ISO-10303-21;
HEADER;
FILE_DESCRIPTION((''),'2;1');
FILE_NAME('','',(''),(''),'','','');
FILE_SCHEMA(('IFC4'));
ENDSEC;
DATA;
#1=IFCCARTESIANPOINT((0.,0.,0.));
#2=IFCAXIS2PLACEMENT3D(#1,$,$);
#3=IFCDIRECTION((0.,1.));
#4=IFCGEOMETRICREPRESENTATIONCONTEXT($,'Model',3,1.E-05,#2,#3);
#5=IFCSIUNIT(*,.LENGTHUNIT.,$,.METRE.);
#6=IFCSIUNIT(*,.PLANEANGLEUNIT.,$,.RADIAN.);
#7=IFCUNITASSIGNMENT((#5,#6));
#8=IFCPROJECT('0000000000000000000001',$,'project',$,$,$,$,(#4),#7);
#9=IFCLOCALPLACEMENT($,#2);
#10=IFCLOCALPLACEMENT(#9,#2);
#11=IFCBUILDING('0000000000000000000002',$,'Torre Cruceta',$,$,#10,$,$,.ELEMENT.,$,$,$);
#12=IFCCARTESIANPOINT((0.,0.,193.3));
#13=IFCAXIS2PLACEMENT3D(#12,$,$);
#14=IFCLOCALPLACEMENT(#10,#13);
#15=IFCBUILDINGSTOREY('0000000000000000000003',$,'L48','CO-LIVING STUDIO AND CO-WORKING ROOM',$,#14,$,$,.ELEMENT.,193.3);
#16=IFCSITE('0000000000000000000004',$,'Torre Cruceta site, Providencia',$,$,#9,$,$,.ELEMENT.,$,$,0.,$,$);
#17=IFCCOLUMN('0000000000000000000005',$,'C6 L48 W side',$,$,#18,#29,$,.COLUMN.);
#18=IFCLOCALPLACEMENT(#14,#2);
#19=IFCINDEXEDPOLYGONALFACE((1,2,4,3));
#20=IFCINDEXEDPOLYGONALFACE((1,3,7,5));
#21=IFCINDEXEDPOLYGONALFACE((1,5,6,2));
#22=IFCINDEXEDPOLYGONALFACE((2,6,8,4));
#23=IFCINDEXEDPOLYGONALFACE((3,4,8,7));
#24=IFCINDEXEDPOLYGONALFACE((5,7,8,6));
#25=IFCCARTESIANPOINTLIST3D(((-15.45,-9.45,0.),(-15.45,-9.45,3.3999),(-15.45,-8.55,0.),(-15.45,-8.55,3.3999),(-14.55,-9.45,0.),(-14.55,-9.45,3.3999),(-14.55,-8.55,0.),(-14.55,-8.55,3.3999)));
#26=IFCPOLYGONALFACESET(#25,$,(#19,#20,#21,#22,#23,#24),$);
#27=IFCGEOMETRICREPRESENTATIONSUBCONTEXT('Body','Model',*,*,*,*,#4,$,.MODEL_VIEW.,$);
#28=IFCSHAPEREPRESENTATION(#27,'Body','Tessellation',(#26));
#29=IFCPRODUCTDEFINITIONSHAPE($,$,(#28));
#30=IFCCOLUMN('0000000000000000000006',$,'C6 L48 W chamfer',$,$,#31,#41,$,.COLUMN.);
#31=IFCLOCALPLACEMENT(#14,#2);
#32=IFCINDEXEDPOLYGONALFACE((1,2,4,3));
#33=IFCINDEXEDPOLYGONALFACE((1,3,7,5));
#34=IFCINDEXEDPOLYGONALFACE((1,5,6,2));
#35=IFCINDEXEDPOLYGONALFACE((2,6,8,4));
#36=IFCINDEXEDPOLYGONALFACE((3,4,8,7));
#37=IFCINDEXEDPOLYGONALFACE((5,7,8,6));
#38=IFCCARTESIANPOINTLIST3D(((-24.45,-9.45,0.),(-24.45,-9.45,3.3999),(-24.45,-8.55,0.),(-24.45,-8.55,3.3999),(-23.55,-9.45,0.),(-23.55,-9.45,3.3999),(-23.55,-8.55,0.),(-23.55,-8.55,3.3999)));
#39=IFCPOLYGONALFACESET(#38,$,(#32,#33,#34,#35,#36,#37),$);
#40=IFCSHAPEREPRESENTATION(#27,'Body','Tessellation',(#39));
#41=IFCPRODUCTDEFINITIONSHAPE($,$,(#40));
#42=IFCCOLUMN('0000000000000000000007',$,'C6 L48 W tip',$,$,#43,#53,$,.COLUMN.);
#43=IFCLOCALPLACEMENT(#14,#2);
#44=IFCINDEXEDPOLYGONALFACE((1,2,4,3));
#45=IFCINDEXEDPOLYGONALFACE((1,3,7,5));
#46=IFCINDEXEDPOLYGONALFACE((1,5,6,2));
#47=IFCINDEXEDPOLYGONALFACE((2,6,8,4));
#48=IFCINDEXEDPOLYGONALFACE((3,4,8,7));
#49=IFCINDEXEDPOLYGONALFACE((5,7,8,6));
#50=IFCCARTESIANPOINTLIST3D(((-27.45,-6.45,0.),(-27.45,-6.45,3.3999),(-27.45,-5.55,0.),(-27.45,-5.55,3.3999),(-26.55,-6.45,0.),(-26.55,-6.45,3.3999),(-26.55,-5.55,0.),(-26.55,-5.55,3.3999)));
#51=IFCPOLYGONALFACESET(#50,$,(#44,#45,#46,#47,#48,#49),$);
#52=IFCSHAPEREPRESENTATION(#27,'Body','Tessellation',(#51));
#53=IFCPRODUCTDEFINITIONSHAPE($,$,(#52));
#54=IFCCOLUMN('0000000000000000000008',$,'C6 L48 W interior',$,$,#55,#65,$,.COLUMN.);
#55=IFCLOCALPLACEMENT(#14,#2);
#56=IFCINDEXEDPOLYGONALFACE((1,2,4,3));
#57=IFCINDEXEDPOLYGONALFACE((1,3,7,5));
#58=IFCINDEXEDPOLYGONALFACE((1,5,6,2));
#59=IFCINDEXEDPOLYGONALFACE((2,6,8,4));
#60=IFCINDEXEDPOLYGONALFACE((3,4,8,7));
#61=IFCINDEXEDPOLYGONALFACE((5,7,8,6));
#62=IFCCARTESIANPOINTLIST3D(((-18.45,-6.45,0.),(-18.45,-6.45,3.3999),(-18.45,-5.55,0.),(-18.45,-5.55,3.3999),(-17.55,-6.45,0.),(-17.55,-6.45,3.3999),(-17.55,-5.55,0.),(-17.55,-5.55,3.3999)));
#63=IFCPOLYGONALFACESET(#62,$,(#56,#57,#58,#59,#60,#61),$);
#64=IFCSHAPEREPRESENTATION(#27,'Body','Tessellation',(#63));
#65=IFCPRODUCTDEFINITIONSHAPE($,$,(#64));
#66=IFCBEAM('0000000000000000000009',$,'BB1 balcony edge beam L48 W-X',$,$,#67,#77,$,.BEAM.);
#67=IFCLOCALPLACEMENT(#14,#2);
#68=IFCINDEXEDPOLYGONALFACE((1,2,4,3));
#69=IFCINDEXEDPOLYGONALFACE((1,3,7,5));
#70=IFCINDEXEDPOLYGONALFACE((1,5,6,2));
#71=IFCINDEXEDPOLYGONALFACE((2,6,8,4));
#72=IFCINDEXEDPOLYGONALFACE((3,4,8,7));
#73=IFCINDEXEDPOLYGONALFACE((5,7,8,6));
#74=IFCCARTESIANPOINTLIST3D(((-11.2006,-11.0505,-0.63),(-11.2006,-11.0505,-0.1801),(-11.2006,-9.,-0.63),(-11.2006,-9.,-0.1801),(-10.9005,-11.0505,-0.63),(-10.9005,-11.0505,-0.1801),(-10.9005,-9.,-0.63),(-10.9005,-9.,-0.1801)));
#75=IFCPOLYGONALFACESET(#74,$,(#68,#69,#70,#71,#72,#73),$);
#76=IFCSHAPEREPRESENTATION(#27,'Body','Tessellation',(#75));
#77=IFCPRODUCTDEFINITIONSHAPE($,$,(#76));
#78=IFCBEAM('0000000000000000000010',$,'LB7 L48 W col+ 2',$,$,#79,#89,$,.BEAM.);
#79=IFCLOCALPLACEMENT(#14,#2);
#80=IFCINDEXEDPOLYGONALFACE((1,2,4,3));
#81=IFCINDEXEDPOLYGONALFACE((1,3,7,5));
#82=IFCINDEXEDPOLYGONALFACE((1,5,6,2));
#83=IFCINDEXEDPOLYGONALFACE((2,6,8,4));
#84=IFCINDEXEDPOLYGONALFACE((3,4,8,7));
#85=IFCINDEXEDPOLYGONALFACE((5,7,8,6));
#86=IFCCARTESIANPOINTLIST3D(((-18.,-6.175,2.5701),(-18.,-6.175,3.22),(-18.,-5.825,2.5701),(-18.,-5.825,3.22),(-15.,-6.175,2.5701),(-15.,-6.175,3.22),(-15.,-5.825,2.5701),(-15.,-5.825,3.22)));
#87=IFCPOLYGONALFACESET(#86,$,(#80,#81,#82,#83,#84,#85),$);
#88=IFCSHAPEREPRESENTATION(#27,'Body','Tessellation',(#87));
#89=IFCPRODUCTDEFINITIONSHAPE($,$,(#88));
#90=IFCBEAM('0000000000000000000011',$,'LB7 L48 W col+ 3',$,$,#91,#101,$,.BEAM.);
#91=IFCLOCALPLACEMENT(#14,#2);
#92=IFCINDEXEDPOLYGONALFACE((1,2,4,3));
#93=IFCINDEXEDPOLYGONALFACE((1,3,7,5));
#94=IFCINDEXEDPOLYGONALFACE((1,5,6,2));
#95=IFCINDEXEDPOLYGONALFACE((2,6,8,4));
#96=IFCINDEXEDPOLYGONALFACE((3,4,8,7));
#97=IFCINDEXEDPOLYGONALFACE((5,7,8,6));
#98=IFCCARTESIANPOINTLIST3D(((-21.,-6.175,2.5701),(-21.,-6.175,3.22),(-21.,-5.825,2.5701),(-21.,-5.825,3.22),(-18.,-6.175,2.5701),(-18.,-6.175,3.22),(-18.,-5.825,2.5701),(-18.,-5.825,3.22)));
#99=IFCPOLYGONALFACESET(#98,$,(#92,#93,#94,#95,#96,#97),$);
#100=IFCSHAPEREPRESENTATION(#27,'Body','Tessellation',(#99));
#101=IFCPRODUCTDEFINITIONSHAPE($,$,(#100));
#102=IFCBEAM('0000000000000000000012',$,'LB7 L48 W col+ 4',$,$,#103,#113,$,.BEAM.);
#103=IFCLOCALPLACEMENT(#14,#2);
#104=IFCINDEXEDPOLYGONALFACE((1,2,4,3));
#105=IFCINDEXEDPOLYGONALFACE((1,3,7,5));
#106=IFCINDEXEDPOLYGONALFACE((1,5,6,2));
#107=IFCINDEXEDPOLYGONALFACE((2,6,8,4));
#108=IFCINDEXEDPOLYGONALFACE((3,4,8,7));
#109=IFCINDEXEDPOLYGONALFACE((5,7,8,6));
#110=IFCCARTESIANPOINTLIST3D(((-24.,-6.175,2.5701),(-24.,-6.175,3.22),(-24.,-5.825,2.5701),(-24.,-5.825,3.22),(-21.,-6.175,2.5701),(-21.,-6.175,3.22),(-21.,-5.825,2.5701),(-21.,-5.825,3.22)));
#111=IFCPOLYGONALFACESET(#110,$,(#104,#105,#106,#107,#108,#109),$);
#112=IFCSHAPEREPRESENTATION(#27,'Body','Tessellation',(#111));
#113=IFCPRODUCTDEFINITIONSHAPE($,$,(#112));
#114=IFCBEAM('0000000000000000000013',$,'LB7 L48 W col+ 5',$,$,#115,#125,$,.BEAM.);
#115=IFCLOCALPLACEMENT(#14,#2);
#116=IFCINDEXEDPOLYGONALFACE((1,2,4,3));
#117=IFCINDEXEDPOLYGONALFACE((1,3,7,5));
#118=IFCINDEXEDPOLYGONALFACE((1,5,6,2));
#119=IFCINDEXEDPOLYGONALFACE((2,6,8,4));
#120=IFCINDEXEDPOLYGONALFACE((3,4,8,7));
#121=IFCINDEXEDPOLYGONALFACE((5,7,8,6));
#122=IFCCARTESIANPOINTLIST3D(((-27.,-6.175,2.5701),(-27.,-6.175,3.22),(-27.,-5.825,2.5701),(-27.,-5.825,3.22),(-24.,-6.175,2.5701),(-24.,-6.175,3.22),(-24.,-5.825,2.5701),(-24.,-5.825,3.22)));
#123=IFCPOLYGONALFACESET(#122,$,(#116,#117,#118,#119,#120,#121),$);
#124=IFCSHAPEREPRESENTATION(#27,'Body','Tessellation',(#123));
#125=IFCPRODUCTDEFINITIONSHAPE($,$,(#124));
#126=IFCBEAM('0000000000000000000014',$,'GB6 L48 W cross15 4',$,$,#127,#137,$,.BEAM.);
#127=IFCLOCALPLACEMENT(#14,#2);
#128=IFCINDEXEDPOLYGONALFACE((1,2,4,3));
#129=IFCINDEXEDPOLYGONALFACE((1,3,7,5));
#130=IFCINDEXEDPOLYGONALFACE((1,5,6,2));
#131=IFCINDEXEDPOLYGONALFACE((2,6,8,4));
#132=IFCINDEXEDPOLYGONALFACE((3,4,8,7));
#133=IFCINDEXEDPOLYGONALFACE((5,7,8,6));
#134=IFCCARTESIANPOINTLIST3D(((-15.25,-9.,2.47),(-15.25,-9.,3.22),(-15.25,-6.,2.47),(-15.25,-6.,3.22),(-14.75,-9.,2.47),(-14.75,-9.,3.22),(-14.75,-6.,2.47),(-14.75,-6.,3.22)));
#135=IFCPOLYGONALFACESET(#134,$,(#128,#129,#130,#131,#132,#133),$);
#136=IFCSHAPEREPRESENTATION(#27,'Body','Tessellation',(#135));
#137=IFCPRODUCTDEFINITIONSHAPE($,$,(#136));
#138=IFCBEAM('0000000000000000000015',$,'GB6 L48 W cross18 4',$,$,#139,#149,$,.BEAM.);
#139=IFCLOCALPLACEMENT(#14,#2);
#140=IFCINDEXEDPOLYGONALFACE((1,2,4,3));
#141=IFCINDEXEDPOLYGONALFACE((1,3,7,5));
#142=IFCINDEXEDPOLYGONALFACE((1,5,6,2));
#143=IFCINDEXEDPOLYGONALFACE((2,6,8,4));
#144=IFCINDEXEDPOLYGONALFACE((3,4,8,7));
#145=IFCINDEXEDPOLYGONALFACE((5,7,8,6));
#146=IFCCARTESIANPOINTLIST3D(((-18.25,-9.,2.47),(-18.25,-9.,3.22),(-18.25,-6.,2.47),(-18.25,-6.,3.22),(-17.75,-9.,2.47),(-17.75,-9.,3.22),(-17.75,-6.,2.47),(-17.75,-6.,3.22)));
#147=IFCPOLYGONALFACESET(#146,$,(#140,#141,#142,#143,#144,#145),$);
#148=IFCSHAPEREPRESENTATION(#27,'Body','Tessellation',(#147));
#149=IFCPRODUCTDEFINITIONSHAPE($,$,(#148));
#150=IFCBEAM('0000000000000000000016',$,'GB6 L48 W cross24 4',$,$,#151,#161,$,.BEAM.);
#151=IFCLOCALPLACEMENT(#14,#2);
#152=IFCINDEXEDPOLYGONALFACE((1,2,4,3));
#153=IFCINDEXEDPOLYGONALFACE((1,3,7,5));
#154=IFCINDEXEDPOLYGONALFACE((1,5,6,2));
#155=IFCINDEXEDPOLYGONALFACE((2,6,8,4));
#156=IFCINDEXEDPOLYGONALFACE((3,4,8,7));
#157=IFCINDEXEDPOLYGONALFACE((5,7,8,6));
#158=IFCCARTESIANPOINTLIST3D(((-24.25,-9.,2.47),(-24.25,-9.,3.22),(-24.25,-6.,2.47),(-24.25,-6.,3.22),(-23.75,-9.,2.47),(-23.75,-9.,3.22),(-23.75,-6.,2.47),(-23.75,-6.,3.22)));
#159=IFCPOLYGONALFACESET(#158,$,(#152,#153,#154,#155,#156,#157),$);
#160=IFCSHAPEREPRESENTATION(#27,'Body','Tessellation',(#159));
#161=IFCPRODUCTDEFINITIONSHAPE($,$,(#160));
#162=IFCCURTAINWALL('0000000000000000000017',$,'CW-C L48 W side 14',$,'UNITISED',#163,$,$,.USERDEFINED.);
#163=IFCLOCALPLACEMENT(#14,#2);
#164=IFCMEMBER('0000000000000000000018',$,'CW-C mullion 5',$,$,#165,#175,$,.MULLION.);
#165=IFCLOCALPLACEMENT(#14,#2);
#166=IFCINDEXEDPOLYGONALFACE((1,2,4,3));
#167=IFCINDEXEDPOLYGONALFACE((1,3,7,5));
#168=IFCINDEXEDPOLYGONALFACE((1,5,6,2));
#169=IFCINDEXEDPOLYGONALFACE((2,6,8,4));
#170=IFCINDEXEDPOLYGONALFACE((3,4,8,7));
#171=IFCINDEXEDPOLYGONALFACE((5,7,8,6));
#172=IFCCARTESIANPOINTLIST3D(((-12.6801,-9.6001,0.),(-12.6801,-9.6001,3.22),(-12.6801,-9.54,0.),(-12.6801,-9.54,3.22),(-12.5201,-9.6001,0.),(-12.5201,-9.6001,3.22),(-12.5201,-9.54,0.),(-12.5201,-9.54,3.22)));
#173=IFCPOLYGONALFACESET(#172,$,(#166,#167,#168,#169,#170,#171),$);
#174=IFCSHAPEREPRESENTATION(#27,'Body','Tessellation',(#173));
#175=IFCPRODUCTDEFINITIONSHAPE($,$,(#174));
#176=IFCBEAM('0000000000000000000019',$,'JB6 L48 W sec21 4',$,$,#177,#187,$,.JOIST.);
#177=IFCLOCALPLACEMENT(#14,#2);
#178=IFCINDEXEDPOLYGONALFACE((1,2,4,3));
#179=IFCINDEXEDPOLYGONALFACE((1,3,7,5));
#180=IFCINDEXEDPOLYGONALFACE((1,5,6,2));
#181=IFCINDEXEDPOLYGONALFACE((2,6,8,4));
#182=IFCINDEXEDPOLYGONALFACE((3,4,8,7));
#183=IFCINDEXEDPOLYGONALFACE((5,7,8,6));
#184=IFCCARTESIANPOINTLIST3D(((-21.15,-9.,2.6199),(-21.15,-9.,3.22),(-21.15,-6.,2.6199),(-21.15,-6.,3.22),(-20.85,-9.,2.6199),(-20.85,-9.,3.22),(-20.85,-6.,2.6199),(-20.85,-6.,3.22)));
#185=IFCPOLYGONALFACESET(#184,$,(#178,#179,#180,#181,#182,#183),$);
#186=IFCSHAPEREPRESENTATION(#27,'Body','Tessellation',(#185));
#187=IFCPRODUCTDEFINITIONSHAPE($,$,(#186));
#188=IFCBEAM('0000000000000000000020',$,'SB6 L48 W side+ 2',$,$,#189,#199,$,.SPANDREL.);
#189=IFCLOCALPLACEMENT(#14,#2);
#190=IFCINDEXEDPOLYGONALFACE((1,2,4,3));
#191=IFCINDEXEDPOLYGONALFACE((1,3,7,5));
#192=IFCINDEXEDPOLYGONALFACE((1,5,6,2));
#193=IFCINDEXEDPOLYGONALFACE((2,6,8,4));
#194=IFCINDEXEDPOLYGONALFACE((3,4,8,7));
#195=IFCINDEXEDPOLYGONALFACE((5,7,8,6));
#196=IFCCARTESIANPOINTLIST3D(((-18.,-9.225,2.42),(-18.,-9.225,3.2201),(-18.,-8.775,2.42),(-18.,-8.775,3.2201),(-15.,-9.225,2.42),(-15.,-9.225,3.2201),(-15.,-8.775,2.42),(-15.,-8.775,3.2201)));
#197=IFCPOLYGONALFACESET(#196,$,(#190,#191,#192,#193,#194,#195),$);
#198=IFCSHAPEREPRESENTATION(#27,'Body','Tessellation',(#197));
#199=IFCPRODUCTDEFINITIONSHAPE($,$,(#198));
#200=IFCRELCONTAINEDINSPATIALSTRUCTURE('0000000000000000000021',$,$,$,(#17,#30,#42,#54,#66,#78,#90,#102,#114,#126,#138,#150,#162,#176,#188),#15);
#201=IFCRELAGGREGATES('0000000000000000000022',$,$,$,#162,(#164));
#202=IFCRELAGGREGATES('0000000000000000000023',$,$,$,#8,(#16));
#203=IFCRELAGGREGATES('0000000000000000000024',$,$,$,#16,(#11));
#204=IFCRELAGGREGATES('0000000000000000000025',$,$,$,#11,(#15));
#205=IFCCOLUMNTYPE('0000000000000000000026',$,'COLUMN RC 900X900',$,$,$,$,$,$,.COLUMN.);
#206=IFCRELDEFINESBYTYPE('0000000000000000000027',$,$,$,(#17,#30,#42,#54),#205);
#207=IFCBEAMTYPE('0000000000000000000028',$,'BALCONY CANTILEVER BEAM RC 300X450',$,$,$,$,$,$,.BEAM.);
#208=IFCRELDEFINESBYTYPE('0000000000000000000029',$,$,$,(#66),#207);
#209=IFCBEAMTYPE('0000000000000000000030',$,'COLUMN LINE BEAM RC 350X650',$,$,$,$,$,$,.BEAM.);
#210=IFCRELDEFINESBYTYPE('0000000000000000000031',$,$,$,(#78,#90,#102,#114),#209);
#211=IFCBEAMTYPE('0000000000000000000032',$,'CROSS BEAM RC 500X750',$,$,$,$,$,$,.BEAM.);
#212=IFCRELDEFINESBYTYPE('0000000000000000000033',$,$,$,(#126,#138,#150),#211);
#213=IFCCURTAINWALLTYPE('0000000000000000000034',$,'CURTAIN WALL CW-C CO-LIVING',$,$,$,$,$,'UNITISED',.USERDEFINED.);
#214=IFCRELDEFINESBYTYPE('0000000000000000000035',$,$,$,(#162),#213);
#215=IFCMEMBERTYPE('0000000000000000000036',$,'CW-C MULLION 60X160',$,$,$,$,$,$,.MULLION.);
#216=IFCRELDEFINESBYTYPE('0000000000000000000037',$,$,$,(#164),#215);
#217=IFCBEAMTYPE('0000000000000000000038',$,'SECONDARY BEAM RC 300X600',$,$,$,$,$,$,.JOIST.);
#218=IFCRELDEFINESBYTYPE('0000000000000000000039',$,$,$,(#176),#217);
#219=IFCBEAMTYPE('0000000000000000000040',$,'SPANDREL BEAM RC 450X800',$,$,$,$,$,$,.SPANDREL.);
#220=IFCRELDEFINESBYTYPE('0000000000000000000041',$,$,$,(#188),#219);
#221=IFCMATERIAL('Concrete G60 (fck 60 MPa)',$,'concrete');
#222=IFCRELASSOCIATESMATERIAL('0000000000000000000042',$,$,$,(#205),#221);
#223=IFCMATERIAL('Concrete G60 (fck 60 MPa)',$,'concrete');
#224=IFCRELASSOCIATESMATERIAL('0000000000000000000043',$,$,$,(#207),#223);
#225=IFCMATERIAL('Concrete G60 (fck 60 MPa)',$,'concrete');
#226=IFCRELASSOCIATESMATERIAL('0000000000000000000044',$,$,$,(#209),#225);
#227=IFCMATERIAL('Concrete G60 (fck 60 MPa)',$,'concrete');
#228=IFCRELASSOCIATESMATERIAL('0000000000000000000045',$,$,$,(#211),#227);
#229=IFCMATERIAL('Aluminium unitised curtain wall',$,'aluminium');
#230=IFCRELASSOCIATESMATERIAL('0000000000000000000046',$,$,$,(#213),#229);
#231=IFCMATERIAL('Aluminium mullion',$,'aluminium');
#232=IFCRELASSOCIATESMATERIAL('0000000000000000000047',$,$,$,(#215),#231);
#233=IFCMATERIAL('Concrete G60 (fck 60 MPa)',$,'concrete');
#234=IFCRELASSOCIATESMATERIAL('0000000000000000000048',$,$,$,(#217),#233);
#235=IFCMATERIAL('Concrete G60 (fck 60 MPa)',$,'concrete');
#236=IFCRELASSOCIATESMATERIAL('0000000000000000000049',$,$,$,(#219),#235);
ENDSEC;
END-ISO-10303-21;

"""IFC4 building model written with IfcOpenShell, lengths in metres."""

from ifc_helpers import new_model, si_unit, direction, frame, origin, origin_2d, place, context, subcontext, project, spatial, rectangle, extrude, material, material_profile, profile_set, type_object, element, aggregate, save


model = new_model("IFC4")

# Units and contexts
model_context = context("Model", 3, precision=1e-05, world=origin(), true_north=direction((0.0, 1.0)))
body_context = subcontext(model_context, "Body", "Model", "MODEL_VIEW")
ifc_project = project(units=[si_unit("LENGTHUNIT", "METRE"), si_unit("PLANEANGLEUNIT", "RADIAN")], contexts=[model_context])

# Site, building, storey
site_placement = place(None, origin())
site = spatial("IfcSite", under=ifc_project, at=site_placement, Name="Torre Cruceta site, Providencia", CompositionType="ELEMENT", RefElevation=0.0)
building_placement = place(site_placement, origin())
building = spatial("IfcBuilding", under=site, at=building_placement, Name="Torre Cruceta", CompositionType="ELEMENT")
storey_placement = place(building_placement, frame((0.0, 0.0, 193.3)))
storey = spatial("IfcBuildingStorey", under=building, at=storey_placement, Name="L48", Description="CO-LIVING STUDIO AND CO-WORKING ROOM", CompositionType="ELEMENT", Elevation=193.3)

# Columns
ifc_material_1 = material(Name="Concrete G60 (fck 60 MPa)", Category="concrete")
ifc_material_profile_1 = material_profile(ifc_material_1, rectangle(XDim=0.8999, YDim=0.8999, at=origin_2d()), Name="RC 900X900")
ifc_profile_set_1 = profile_set([ifc_material_profile_1], Name="Concrete G60 (fck 60 MPa)")
column_type = type_object("IfcColumnType", Name="COLUMN RC 900X900", PredefinedType="COLUMN", material=ifc_profile_set_1)
for number, where, z_axis, x_axis, name in (
    (1, (-15.0, -9.0, 0.0), (0.0, 0.0, 1.0), (1.0, 0.0, 0.0), "C6 L48 W side"),
    (2, (-24.0, -9.0, 0.0), (0.0, 0.0, 1.0), (1.0, 0.0, 0.0), "C6 L48 W chamfer"),
    (3, (-27.0, -6.0, 0.0), (0.0, 0.0, 1.0), (1.0, 0.0, 0.0), "C6 L48 W tip"),
    (4, (-18.0, -6.0, 0.0), (0.0, 0.0, 1.0), (1.0, 0.0, 0.0), "C6 L48 W interior"),
):
    element("IfcColumn", number, at=place(storey_placement, frame(where, z_axis=z_axis, x_axis=x_axis)), inside=storey, type_object=column_type, Name=name, PredefinedType="COLUMN", context=body_context, shape_type="SweptSolid", body=[
        extrude(rectangle(XDim=0.8999, YDim=0.8999, at=origin_2d()), origin(), (0.0, 0.0, 1.0), 3.3999),
    ])

# Beams
ifc_material_2 = material(Name="Concrete G60 (fck 60 MPa)", Category="concrete")
ifc_material_profile_2 = material_profile(ifc_material_2, rectangle(XDim=0.3, YDim=0.45, at=origin_2d()), Name="RC 300X450")
ifc_profile_set_2 = profile_set([ifc_material_profile_2], Name="Concrete G60 (fck 60 MPa)")
beam_type_1 = type_object("IfcBeamType", Name="BALCONY CANTILEVER BEAM RC 300X450", PredefinedType="BEAM", material=ifc_profile_set_2)
beam_1_placement = place(storey_placement, frame((-11.0505, -9.0, -0.405), z_axis=(0.0, -1.0, 0.0), x_axis=(1.0, 0.0, 0.0)))
element("IfcBeam", 5, at=beam_1_placement, inside=storey, type_object=beam_type_1, Name="BB1 balcony edge beam L48 W-X", PredefinedType="BEAM", context=body_context, shape_type="SweptSolid", body=[
    extrude(rectangle(XDim=0.3, YDim=0.45, at=origin_2d()), origin(), (0.0, 0.0, 1.0), 2.0505),
])
ifc_material_3 = material(Name="Concrete G60 (fck 60 MPa)", Category="concrete")
ifc_material_profile_3 = material_profile(ifc_material_3, rectangle(XDim=0.3501, YDim=0.6499, at=origin_2d()), Name="RC 350X650")
ifc_profile_set_3 = profile_set([ifc_material_profile_3], Name="Concrete G60 (fck 60 MPa)")
beam_type_2 = type_object("IfcBeamType", Name="COLUMN LINE BEAM RC 350X650", PredefinedType="BEAM", material=ifc_profile_set_3)
for number, where, z_axis, x_axis, name in (
    (6, (-15.0, -6.0, 2.895), (-1.0, 0.0, 0.0), (0.0, -1.0, 0.0), "LB7 L48 W col+ 2"),
    (7, (-18.0, -6.0, 2.895), (-1.0, 0.0, 0.0), (0.0, -1.0, 0.0), "LB7 L48 W col+ 3"),
    (8, (-21.0, -6.0, 2.895), (-1.0, 0.0, 0.0), (0.0, -1.0, 0.0), "LB7 L48 W col+ 4"),
    (9, (-24.0, -6.0, 2.895), (-1.0, 0.0, 0.0), (0.0, -1.0, 0.0), "LB7 L48 W col+ 5"),
):
    element("IfcBeam", number, at=place(storey_placement, frame(where, z_axis=z_axis, x_axis=x_axis)), inside=storey, type_object=beam_type_2, Name=name, PredefinedType="BEAM", context=body_context, shape_type="SweptSolid", body=[
        extrude(rectangle(XDim=0.3501, YDim=0.6499, at=origin_2d()), origin(), (0.0, 0.0, 1.0), 3.0),
    ])
ifc_material_4 = material(Name="Concrete G60 (fck 60 MPa)", Category="concrete")
ifc_material_profile_4 = material_profile(ifc_material_4, rectangle(XDim=0.5, YDim=0.75, at=origin_2d()), Name="RC 500X750")
ifc_profile_set_4 = profile_set([ifc_material_profile_4], Name="Concrete G60 (fck 60 MPa)")
beam_type_3 = type_object("IfcBeamType", Name="CROSS BEAM RC 500X750", PredefinedType="BEAM", material=ifc_profile_set_4)
for number, where, z_axis, x_axis, name in (
    (10, (-15.0, -6.0, 2.845), (0.0, -1.0, 0.0), (1.0, 0.0, 0.0), "GB6 L48 W cross15 4"),
    (11, (-18.0, -6.0, 2.845), (0.0, -1.0, 0.0), (1.0, 0.0, 0.0), "GB6 L48 W cross18 4"),
    (12, (-24.0, -6.0, 2.845), (0.0, -1.0, 0.0), (1.0, 0.0, 0.0), "GB6 L48 W cross24 4"),
):
    element("IfcBeam", number, at=place(storey_placement, frame(where, z_axis=z_axis, x_axis=x_axis)), inside=storey, type_object=beam_type_3, Name=name, PredefinedType="BEAM", context=body_context, shape_type="SweptSolid", body=[
        extrude(rectangle(XDim=0.5, YDim=0.75, at=origin_2d()), origin(), (0.0, 0.0, 1.0), 3.0),
    ])

# Curtain wall, member
ifc_material_5 = material(Name="Aluminium unitised curtain wall", Category="aluminium")
curtain_wall_type = type_object("IfcCurtainWallType", Name="CURTAIN WALL CW-C CO-LIVING", ElementType="UNITISED", PredefinedType="USERDEFINED", material=ifc_material_5)
curtain_wall_placement = place(storey_placement, origin())
curtain_wall = element("IfcCurtainWall", 13, at=curtain_wall_placement, inside=storey, type_object=curtain_wall_type, Name="CW-C L48 W side 14", ObjectType="UNITISED", PredefinedType="USERDEFINED")
ifc_material_6 = material(Name="Aluminium mullion", Category="aluminium")
ifc_material_profile_5 = material_profile(ifc_material_6, rectangle(XDim=0.0601, YDim=0.1599, at=origin_2d()), Name="AL 60X160")
ifc_profile_set_5 = profile_set([ifc_material_profile_5], Name="Aluminium mullion")
member_type = type_object("IfcMemberType", Name="CW-C MULLION 60X160", PredefinedType="MULLION", material=ifc_profile_set_5)
member_placement = place(storey_placement, frame((-12.6001, -9.5701, 0.0), z_axis=(0.0, 0.0, 1.0), x_axis=(0.0, 1.0, 0.0)))
member = element("IfcMember", 14, at=member_placement, type_object=member_type, Name="CW-C mullion 5", PredefinedType="MULLION", context=body_context, shape_type="SweptSolid", body=[
    extrude(rectangle(XDim=0.0601, YDim=0.1599, at=origin_2d()), origin(), (0.0, 0.0, 1.0), 3.22),
])
aggregate(curtain_wall, [member])

# Beams
ifc_material_7 = material(Name="Concrete G60 (fck 60 MPa)", Category="concrete")
ifc_material_profile_6 = material_profile(ifc_material_7, rectangle(XDim=0.3, YDim=0.6001, at=origin_2d()), Name="RC 300X600")
ifc_profile_set_6 = profile_set([ifc_material_profile_6], Name="Concrete G60 (fck 60 MPa)")
beam_type_4 = type_object("IfcBeamType", Name="SECONDARY BEAM RC 300X600", PredefinedType="JOIST", material=ifc_profile_set_6)
beam_2_placement = place(storey_placement, frame((-21.0, -6.0, 2.9199), z_axis=(0.0, -1.0, 0.0), x_axis=(1.0, 0.0, 0.0)))
element("IfcBeam", 15, at=beam_2_placement, inside=storey, type_object=beam_type_4, Name="JB6 L48 W sec21 4", PredefinedType="JOIST", context=body_context, shape_type="SweptSolid", body=[
    extrude(rectangle(XDim=0.3, YDim=0.6001, at=origin_2d()), origin(), (0.0, 0.0, 1.0), 3.0),
])
ifc_material_8 = material(Name="Concrete G60 (fck 60 MPa)", Category="concrete")
ifc_material_profile_7 = material_profile(ifc_material_8, rectangle(XDim=0.45, YDim=0.8, at=origin_2d()), Name="RC 450X800")
ifc_profile_set_7 = profile_set([ifc_material_profile_7], Name="Concrete G60 (fck 60 MPa)")
beam_type_5 = type_object("IfcBeamType", Name="SPANDREL BEAM RC 450X800", PredefinedType="SPANDREL", material=ifc_profile_set_7)
for number, where, z_axis, x_axis, name in (
    (16, (-15.0, -9.0, 2.8201), (-1.0, 0.0, 0.0), (0.0, -1.0, 0.0), "SB6 L48 W side+ 2"),
):
    element("IfcBeam", number, at=place(storey_placement, frame(where, z_axis=z_axis, x_axis=x_axis)), inside=storey, type_object=beam_type_5, Name=name, PredefinedType="SPANDREL", context=body_context, shape_type="SweptSolid", body=[
        extrude(rectangle(XDim=0.45, YDim=0.8, at=origin_2d()), origin(), (0.0, 0.0, 1.0), 3.0),
    ])

save(model, "model.ifc")
